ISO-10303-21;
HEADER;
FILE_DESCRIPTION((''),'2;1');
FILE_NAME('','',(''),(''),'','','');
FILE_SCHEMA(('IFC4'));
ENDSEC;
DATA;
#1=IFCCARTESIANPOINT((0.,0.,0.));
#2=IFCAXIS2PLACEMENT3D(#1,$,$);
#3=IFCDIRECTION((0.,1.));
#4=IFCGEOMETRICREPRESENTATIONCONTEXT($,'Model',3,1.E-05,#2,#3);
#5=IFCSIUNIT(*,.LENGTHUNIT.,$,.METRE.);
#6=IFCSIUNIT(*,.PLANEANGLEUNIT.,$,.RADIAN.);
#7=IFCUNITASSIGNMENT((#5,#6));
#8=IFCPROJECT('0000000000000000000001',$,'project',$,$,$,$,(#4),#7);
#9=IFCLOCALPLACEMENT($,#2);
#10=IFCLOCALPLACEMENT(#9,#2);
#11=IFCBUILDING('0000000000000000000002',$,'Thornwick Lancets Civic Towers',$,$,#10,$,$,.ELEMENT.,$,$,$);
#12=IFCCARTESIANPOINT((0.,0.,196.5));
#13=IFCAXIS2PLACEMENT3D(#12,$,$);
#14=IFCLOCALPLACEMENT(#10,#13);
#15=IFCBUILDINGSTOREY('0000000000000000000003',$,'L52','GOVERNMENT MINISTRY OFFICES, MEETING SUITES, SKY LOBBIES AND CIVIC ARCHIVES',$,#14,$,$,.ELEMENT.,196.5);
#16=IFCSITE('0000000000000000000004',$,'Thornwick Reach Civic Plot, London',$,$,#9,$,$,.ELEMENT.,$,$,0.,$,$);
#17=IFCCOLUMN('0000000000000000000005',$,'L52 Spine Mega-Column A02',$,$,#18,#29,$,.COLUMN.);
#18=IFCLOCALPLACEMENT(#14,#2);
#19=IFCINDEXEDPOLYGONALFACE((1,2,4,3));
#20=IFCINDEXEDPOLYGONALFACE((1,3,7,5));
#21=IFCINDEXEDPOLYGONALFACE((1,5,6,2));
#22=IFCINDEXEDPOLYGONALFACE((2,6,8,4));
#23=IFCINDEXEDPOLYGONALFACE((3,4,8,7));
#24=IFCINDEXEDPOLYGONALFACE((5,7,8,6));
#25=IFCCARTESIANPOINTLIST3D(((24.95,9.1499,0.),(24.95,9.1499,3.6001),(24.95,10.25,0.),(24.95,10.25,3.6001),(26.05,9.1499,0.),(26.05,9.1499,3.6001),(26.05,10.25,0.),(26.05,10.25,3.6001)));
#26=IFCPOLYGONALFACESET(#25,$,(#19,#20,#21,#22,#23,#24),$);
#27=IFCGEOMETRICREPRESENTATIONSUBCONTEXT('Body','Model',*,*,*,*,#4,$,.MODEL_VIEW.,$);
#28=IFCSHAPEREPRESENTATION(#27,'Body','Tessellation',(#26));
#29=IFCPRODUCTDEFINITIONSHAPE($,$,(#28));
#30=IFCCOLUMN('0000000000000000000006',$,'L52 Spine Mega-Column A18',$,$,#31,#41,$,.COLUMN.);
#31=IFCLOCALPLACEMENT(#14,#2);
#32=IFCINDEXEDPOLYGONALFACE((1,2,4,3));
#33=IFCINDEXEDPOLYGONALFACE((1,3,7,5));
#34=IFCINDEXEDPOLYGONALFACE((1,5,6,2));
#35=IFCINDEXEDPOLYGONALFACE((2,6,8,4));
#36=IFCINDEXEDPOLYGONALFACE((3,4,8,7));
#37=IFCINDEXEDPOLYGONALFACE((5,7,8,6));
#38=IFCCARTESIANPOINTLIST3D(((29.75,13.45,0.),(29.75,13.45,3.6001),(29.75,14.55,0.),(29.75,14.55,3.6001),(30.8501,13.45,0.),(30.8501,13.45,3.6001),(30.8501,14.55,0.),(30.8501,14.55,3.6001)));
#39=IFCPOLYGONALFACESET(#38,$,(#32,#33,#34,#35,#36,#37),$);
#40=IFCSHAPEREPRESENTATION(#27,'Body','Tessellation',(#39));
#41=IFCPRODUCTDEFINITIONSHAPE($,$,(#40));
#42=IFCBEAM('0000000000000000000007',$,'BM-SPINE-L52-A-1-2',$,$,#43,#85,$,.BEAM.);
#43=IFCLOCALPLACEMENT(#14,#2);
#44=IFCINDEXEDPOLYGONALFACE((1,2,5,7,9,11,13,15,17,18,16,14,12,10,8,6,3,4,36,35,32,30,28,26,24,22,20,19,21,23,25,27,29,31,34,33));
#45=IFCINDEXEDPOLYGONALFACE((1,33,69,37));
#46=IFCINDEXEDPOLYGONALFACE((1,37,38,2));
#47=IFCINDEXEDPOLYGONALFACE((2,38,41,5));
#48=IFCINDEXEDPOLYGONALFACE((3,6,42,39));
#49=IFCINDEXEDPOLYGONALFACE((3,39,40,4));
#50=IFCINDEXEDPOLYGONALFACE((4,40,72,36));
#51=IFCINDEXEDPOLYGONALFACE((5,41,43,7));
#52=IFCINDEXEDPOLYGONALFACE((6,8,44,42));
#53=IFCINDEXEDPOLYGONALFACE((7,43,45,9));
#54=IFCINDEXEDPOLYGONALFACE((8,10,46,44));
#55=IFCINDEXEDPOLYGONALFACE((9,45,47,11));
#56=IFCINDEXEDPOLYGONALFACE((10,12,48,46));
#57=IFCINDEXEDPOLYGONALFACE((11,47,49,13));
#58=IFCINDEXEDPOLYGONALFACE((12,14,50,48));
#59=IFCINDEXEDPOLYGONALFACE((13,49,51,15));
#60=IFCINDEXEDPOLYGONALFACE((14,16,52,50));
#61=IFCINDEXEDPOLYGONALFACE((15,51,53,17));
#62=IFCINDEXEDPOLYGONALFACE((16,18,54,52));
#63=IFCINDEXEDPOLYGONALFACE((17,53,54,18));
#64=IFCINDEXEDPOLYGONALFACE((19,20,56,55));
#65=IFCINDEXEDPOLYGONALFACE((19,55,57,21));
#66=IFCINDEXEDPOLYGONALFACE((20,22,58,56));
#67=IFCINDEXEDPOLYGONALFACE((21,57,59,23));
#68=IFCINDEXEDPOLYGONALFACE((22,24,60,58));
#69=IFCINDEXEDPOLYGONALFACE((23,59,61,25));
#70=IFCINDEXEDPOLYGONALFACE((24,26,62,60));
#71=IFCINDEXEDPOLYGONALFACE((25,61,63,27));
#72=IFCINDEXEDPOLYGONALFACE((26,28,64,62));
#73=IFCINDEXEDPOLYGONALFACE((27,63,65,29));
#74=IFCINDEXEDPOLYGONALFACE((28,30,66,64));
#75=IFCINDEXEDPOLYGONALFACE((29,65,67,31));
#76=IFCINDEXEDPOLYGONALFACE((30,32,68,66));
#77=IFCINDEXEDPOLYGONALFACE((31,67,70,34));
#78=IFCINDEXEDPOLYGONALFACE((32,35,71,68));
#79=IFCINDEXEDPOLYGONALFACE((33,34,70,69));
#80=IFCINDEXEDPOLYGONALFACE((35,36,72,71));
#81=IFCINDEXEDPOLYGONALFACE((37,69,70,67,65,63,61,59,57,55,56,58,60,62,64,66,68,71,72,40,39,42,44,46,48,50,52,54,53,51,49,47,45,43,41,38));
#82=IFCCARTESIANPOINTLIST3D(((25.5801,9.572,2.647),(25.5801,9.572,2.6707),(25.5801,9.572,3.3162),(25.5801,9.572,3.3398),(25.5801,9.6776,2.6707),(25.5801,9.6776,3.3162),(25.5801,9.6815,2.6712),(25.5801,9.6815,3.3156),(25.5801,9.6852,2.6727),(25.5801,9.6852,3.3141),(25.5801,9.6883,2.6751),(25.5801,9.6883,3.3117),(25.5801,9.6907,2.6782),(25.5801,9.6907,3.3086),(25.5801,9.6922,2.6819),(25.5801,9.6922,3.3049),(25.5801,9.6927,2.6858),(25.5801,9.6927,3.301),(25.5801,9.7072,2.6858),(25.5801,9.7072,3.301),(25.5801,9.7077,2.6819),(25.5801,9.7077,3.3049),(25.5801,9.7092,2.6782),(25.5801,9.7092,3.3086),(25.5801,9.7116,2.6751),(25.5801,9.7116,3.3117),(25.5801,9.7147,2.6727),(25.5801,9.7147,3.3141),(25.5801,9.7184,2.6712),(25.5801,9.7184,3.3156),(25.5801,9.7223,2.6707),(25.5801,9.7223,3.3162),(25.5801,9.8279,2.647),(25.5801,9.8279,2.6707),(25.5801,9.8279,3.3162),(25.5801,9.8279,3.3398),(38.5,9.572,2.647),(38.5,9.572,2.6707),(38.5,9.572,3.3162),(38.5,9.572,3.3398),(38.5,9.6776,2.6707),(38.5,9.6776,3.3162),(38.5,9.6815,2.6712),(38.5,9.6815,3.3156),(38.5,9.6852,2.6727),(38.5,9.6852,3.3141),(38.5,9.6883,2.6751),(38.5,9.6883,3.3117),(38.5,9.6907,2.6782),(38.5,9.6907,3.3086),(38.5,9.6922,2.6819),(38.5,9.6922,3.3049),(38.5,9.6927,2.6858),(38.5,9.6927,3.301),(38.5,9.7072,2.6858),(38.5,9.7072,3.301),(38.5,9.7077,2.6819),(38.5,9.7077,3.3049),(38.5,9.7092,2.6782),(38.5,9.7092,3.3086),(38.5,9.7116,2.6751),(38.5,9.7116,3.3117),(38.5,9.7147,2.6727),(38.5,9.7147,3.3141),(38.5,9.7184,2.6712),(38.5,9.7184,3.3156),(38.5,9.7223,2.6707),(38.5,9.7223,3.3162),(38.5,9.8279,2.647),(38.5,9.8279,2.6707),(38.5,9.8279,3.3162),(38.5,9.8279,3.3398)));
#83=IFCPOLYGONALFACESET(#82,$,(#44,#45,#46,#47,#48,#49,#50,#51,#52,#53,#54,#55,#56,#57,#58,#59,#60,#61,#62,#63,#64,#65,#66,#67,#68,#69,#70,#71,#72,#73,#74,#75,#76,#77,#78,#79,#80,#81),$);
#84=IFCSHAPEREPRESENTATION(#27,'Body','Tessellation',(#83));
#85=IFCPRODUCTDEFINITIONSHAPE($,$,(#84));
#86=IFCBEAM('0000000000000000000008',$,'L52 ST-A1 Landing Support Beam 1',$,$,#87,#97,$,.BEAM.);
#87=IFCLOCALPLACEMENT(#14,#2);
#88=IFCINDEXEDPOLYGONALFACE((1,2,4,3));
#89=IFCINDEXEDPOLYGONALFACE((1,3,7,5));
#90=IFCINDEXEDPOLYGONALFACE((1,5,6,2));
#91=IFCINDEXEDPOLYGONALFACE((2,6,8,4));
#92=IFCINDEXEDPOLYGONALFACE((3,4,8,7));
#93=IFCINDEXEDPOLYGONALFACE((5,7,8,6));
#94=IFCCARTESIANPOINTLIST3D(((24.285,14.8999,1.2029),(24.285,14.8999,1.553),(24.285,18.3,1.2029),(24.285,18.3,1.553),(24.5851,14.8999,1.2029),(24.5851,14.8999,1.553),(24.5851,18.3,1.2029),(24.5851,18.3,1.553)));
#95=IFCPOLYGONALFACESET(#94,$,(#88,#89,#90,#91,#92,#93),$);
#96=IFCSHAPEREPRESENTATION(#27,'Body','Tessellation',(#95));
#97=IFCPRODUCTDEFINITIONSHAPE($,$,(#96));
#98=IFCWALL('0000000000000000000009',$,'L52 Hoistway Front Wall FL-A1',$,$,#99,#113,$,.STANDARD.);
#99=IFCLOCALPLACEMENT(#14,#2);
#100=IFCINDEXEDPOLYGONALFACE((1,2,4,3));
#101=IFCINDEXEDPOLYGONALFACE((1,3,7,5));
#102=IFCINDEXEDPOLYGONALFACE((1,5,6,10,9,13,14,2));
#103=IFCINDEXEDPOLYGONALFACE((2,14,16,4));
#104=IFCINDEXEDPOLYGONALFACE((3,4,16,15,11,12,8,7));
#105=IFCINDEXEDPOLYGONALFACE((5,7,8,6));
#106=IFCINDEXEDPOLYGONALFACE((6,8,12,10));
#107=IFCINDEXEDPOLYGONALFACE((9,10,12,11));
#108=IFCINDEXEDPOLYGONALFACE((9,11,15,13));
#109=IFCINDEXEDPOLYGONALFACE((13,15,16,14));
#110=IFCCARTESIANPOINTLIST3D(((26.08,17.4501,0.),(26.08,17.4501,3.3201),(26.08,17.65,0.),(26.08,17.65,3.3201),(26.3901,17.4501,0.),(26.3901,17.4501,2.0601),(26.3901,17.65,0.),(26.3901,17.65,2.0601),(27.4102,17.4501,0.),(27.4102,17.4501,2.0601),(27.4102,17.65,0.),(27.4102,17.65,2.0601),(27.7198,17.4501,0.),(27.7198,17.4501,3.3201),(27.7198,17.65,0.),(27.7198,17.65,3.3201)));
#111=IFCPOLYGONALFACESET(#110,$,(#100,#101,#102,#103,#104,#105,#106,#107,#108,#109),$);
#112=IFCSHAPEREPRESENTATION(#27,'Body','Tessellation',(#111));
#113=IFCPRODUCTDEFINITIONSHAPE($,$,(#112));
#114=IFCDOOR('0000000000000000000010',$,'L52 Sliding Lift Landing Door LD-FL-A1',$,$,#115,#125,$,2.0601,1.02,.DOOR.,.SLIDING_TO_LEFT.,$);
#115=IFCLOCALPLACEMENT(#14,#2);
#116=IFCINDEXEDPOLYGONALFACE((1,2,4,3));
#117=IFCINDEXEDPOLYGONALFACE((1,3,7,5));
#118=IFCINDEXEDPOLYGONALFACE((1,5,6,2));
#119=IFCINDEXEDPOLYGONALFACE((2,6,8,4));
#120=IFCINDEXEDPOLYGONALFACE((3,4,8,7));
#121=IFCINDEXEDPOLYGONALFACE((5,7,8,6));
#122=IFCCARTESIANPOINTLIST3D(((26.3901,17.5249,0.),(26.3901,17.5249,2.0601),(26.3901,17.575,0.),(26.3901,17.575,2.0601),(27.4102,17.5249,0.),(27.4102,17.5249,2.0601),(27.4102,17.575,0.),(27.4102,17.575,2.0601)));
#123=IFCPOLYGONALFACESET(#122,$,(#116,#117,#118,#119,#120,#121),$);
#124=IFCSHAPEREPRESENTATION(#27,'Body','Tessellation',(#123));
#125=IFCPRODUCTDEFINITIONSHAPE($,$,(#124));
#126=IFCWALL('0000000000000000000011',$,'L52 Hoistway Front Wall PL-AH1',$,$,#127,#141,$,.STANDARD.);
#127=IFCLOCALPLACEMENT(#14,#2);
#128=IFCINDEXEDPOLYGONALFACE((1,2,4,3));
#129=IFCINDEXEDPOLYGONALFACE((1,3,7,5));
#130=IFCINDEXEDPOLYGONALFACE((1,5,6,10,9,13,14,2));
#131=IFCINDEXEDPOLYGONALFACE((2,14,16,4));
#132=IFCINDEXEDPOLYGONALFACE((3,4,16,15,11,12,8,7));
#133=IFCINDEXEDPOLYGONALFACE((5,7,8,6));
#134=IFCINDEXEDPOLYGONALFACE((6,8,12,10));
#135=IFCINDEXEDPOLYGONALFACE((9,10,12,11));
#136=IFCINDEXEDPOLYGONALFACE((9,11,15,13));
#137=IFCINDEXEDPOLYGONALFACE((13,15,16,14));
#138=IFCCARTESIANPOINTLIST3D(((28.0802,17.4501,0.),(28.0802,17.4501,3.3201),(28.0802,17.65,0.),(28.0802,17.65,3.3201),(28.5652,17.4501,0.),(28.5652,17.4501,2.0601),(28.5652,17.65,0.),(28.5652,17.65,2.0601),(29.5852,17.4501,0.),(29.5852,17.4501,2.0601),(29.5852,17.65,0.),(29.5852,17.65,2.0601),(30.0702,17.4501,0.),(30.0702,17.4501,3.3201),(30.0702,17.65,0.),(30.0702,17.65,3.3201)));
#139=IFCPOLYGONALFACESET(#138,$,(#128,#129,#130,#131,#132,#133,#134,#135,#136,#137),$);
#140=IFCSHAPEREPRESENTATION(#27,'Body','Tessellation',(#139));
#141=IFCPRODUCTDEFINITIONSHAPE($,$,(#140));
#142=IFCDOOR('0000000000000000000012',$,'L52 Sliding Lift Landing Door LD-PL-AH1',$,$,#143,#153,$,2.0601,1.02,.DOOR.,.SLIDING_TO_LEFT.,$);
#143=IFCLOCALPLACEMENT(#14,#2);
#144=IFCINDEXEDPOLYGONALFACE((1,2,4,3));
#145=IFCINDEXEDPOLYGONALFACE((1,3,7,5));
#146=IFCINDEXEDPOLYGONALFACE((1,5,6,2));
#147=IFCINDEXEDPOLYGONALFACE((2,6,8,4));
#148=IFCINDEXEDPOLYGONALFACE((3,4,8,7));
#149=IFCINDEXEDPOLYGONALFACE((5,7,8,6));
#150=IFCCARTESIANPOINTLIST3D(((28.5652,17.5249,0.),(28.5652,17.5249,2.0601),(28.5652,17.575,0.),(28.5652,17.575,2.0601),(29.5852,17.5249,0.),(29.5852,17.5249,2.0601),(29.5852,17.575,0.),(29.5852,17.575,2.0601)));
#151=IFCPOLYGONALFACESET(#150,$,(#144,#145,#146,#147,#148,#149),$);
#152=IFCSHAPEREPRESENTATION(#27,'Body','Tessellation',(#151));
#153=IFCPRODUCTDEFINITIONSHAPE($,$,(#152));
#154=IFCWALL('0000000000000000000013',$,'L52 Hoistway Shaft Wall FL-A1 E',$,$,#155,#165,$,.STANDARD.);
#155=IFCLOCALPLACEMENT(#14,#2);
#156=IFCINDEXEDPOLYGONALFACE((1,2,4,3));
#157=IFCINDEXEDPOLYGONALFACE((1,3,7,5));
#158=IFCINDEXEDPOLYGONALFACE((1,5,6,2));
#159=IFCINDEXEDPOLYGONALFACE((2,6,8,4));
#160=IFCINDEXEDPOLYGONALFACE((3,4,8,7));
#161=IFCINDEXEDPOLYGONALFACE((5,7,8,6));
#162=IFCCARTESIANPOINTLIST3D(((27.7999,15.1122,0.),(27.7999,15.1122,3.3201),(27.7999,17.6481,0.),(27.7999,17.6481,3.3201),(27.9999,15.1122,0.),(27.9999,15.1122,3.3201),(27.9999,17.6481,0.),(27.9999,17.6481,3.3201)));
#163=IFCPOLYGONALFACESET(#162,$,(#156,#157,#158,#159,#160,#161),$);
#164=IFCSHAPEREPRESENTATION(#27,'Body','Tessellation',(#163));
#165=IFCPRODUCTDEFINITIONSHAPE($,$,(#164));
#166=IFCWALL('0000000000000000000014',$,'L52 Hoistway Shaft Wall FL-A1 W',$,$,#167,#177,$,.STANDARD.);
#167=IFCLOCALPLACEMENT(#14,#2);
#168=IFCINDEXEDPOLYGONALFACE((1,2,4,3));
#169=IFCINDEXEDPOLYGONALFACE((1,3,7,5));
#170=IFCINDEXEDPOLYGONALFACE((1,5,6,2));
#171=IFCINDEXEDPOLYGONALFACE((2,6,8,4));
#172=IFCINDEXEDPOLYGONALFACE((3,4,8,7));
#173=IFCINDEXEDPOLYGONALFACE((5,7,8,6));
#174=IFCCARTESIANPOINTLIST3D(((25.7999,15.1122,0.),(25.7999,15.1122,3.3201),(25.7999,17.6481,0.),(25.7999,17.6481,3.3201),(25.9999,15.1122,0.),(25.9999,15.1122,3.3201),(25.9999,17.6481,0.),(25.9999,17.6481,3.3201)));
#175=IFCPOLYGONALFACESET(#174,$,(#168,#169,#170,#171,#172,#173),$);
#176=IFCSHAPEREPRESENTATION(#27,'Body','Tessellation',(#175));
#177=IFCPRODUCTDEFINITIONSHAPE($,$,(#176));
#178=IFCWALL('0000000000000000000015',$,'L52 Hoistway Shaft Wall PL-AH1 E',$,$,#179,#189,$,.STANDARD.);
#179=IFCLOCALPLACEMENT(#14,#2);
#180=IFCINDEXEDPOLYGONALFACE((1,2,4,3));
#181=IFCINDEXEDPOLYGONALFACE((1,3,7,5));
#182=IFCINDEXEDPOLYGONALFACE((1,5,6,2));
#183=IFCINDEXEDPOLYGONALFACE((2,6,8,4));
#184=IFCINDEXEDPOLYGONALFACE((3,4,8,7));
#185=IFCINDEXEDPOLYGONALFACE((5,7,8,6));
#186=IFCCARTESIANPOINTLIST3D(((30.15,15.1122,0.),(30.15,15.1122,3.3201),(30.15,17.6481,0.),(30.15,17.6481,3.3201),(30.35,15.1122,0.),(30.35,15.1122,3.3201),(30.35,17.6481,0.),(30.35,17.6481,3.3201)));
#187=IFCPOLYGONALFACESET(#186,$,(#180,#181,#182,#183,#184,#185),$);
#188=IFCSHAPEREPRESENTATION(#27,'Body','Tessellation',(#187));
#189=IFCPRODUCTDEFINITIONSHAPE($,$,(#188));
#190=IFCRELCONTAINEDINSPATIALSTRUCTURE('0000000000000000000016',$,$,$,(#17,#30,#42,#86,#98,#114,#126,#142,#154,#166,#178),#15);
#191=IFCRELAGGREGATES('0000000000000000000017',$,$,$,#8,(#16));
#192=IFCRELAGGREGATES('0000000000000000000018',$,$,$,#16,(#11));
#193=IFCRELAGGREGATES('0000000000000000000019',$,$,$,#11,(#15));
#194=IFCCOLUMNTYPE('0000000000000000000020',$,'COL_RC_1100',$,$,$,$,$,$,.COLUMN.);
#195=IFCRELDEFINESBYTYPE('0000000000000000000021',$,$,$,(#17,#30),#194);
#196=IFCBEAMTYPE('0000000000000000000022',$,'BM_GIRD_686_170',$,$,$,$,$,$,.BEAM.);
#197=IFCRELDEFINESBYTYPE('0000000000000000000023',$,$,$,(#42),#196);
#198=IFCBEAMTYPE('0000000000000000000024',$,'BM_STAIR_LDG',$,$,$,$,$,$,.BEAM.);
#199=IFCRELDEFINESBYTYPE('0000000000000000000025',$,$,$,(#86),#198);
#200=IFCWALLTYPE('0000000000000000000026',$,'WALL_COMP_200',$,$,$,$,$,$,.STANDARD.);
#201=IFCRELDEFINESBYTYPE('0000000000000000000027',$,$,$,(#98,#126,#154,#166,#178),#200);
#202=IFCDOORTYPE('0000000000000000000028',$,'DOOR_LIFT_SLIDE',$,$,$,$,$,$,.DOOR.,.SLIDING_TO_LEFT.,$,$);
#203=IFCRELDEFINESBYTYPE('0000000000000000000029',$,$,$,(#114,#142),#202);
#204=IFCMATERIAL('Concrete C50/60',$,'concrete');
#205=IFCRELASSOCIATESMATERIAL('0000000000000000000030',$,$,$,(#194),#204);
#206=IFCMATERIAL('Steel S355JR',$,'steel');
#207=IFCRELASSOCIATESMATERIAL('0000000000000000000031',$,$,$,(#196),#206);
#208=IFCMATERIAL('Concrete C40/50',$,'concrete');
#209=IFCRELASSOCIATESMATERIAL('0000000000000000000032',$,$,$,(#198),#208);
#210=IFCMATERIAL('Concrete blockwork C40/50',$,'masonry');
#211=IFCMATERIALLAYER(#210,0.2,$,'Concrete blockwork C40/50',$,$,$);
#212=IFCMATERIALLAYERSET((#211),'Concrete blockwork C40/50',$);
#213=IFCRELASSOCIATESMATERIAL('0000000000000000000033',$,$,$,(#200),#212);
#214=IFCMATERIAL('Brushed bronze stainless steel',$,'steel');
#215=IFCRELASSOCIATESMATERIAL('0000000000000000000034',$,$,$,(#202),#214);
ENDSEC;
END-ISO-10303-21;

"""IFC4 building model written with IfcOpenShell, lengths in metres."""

from ifc_helpers import new_model, si_unit, direction, frame, frame_2d, origin, origin_2d, place, context, subcontext, project, spatial, rectangle, i_section, extrude, material, layer, layer_set, material_profile, profile_set, type_object, element, fill, save


model = new_model("IFC4")

# Units and contexts
model_context = context("Model", 3, precision=1e-05, world=origin(), true_north=direction((0.0, 1.0)))
body_context = subcontext(model_context, "Body", "Model", "MODEL_VIEW")
ifc_project = project(units=[si_unit("LENGTHUNIT", "METRE"), si_unit("PLANEANGLEUNIT", "RADIAN")], contexts=[model_context])

# Site, building, storey
site_placement = place(None, origin())
site = spatial("IfcSite", under=ifc_project, at=site_placement, Name="Thornwick Reach Civic Plot, London", CompositionType="ELEMENT", RefElevation=0.0)
building_placement = place(site_placement, origin())
building = spatial("IfcBuilding", under=site, at=building_placement, Name="Thornwick Lancets Civic Towers", CompositionType="ELEMENT")
storey_placement = place(building_placement, frame((0.0, 0.0, 196.5)))
storey = spatial("IfcBuildingStorey", under=building, at=storey_placement, Name="L52", Description="GOVERNMENT MINISTRY OFFICES, MEETING SUITES, SKY LOBBIES AND CIVIC ARCHIVES", CompositionType="ELEMENT", Elevation=196.5)

# Columns
ifc_material_1 = material(Name="Concrete C50/60", Category="concrete")
ifc_material_profile_1 = material_profile(ifc_material_1, rectangle(XDim=1.1001, YDim=1.1001, at=origin_2d()), Name="RC 1100x1100")
ifc_profile_set_1 = profile_set([ifc_material_profile_1], Name="Concrete C50/60")
column_type = type_object("IfcColumnType", Name="COL_RC_1100", PredefinedType="COLUMN", material=ifc_profile_set_1)
for number, where, z_axis, x_axis, name in (
    (1, (25.5, 9.7, 0.0), (0.0, 0.0, 1.0), (1.0, 0.0, 0.0), "L52 Spine Mega-Column A02"),
    (2, (30.3, 14.0, 0.0), (0.0, 0.0, 1.0), (1.0, 0.0, 0.0), "L52 Spine Mega-Column A18"),
):
    element("IfcColumn", number, at=place(storey_placement, frame(where, z_axis=z_axis, x_axis=x_axis)), inside=storey, type_object=column_type, Name=name, PredefinedType="COLUMN", context=body_context, shape_type="SweptSolid", body=[
        extrude(rectangle(XDim=1.1001, YDim=1.1001, at=origin_2d()), origin(), (0.0, 0.0, 1.0), 3.6001),
    ])

# Beams
ifc_material_2 = material(Name="Steel S355JR", Category="steel")
ifc_material_profile_2 = material_profile(ifc_material_2, i_section(OverallWidth=0.2559, OverallDepth=0.6929, WebThickness=0.0144, FlangeThickness=0.0237, FilletRadius=0.0151, at=origin_2d()), Name="UKB 686x254x170")
ifc_profile_set_2 = profile_set([ifc_material_profile_2], Name="Steel S355JR")
beam_type_1 = type_object("IfcBeamType", Name="BM_GIRD_686_170", PredefinedType="BEAM", material=ifc_profile_set_2)
beam_1_placement = place(storey_placement, frame((25.5801, 9.7, 2.9934), z_axis=(1.0, 0.0, 0.0), x_axis=(0.0, 1.0, 0.0)))
element("IfcBeam", 3, at=beam_1_placement, inside=storey, type_object=beam_type_1, Name="BM-SPINE-L52-A-1-2", PredefinedType="BEAM", context=body_context, shape_type="SweptSolid", body=[
    extrude(i_section(OverallWidth=0.2559, OverallDepth=0.6929, WebThickness=0.0144, FlangeThickness=0.0237, FilletRadius=0.0151, at=origin_2d()), origin(), (0.0, 0.0, 1.0), 12.9199),
])
ifc_material_3 = material(Name="Concrete C40/50", Category="concrete")
ifc_material_profile_3 = material_profile(ifc_material_3, rectangle(XDim=0.3, YDim=0.3501, at=origin_2d()), Name="RC 300x350")
ifc_profile_set_3 = profile_set([ifc_material_profile_3], Name="Concrete C40/50")
beam_type_2 = type_object("IfcBeamType", Name="BM_STAIR_LDG", PredefinedType="BEAM", material=ifc_profile_set_3)
beam_2_placement = place(storey_placement, frame((24.4351, 14.8999, 1.3779), z_axis=(0.0, 1.0, 0.0), x_axis=(-1.0, 0.0, 0.0)))
element("IfcBeam", 4, at=beam_2_placement, inside=storey, type_object=beam_type_2, Name="L52 ST-A1 Landing Support Beam 1", PredefinedType="BEAM", context=body_context, shape_type="SweptSolid", body=[
    extrude(rectangle(XDim=0.3, YDim=0.3501, at=origin_2d()), origin(), (0.0, 0.0, 1.0), 3.4001),
])

# Walls, openings, doors
ifc_material_4 = material(Name="Concrete blockwork C40/50", Category="masonry")
ifc_layer_1 = layer(ifc_material_4, 0.2, Name="Concrete blockwork C40/50")
ifc_layer_set_1 = layer_set([ifc_layer_1], Name="Concrete blockwork C40/50")
wall_type_1 = type_object("IfcWallType", Name="WALL_COMP_200", PredefinedType="STANDARD", material=ifc_layer_set_1)
wall_1_placement = place(storey_placement, frame((26.0801, 17.55, 0.0), z_axis=(0.0, 0.0, 1.0), x_axis=(1.0, 0.0, 0.0)))
wall_1 = element("IfcWall", 5, at=wall_1_placement, inside=storey, type_object=wall_type_1, Name="L52 Hoistway Front Wall FL-A1", PredefinedType="STANDARD", context=body_context, shape_type="SweptSolid", body=[
    extrude(rectangle(XDim=1.6399, YDim=0.2, at=frame_2d((0.8198, 0.0))), origin(), (0.0, 0.0, 1.0), 3.3201),
])
opening_1_placement = place(wall_1_placement, frame((0.3101, 0.0, 0.0)))
opening_1 = element("IfcOpeningElement", 6, at=opening_1_placement, cuts=wall_1, PredefinedType="OPENING", context=body_context, shape_type="SweptSolid", body=[
    extrude(rectangle(XDim=1.02, YDim=2.0601, at=frame_2d((0.51, 1.03))), frame((0.0, 0.1099, 0.0), z_axis=(0.0, -1.0, 0.0), x_axis=(1.0, 0.0, 0.0)), (0.0, 0.0, 1.0), 0.22),
])
ifc_material_5 = material(Name="Brushed bronze stainless steel", Category="steel")
door_type = type_object("IfcDoorType", Name="DOOR_LIFT_SLIDE", OperationType="SLIDING_TO_LEFT", PredefinedType="DOOR", material=ifc_material_5)
door_1_placement = place(opening_1_placement, origin())
door_1 = element("IfcDoor", 7, at=door_1_placement, inside=storey, type_object=door_type, Name="L52 Sliding Lift Landing Door LD-FL-A1", OperationType="SLIDING_TO_LEFT", OverallHeight=2.0601, OverallWidth=1.02, PredefinedType="DOOR", context=body_context, shape_type="SweptSolid", body=[
    extrude(rectangle(XDim=1.02, YDim=2.0601, at=frame_2d((0.51, 1.03))), frame((0.0, 0.0249, 0.0), z_axis=(0.0, -1.0, 0.0), x_axis=(1.0, 0.0, 0.0)), (0.0, 0.0, 1.0), 0.05),
])
fill(opening_1, door_1)
wall_2_placement = place(storey_placement, frame((28.0801, 17.55, 0.0), z_axis=(0.0, 0.0, 1.0), x_axis=(1.0, 0.0, 0.0)))
wall_2 = element("IfcWall", 8, at=wall_2_placement, inside=storey, type_object=wall_type_1, Name="L52 Hoistway Front Wall PL-AH1", PredefinedType="STANDARD", context=body_context, shape_type="SweptSolid", body=[
    extrude(rectangle(XDim=1.99, YDim=0.2, at=frame_2d((0.9951, 0.0))), origin(), (0.0, 0.0, 1.0), 3.3201),
])
opening_2_placement = place(wall_2_placement, frame((0.4851, 0.0, 0.0)))
opening_2 = element("IfcOpeningElement", 9, at=opening_2_placement, cuts=wall_2, PredefinedType="OPENING", context=body_context, shape_type="SweptSolid", body=[
    extrude(rectangle(XDim=1.02, YDim=2.0601, at=frame_2d((0.51, 1.03))), frame((0.0, 0.1099, 0.0), z_axis=(0.0, -1.0, 0.0), x_axis=(1.0, 0.0, 0.0)), (0.0, 0.0, 1.0), 0.22),
])
door_2_placement = place(opening_2_placement, origin())
door_2 = element("IfcDoor", 10, at=door_2_placement, inside=storey, type_object=door_type, Name="L52 Sliding Lift Landing Door LD-PL-AH1", OperationType="SLIDING_TO_LEFT", OverallHeight=2.0601, OverallWidth=1.02, PredefinedType="DOOR", context=body_context, shape_type="SweptSolid", body=[
    extrude(rectangle(XDim=1.02, YDim=2.0601, at=frame_2d((0.51, 1.03))), frame((0.0, 0.0249, 0.0), z_axis=(0.0, -1.0, 0.0), x_axis=(1.0, 0.0, 0.0)), (0.0, 0.0, 1.0), 0.05),
])
fill(opening_2, door_2)

# Walls
for number, where, z_axis, x_axis, name in (
    (11, (27.8999, 15.1121, 0.0), (0.0, 0.0, 1.0), (0.0, 1.0, 0.0), "L52 Hoistway Shaft Wall FL-A1 E"),
    (12, (25.8999, 15.1121, 0.0), (0.0, 0.0, 1.0), (0.0, 1.0, 0.0), "L52 Hoistway Shaft Wall FL-A1 W"),
    (13, (30.25, 15.1121, 0.0), (0.0, 0.0, 1.0), (0.0, 1.0, 0.0), "L52 Hoistway Shaft Wall PL-AH1 E"),
):
    element("IfcWall", number, at=place(storey_placement, frame(where, z_axis=z_axis, x_axis=x_axis)), inside=storey, type_object=wall_type_1, Name=name, PredefinedType="STANDARD", context=body_context, shape_type="SweptSolid", body=[
        extrude(rectangle(XDim=2.5359, YDim=0.2, at=frame_2d((1.2681, 0.0))), origin(), (0.0, 0.0, 1.0), 3.3201),
    ])

save(model, "model.ifc")
